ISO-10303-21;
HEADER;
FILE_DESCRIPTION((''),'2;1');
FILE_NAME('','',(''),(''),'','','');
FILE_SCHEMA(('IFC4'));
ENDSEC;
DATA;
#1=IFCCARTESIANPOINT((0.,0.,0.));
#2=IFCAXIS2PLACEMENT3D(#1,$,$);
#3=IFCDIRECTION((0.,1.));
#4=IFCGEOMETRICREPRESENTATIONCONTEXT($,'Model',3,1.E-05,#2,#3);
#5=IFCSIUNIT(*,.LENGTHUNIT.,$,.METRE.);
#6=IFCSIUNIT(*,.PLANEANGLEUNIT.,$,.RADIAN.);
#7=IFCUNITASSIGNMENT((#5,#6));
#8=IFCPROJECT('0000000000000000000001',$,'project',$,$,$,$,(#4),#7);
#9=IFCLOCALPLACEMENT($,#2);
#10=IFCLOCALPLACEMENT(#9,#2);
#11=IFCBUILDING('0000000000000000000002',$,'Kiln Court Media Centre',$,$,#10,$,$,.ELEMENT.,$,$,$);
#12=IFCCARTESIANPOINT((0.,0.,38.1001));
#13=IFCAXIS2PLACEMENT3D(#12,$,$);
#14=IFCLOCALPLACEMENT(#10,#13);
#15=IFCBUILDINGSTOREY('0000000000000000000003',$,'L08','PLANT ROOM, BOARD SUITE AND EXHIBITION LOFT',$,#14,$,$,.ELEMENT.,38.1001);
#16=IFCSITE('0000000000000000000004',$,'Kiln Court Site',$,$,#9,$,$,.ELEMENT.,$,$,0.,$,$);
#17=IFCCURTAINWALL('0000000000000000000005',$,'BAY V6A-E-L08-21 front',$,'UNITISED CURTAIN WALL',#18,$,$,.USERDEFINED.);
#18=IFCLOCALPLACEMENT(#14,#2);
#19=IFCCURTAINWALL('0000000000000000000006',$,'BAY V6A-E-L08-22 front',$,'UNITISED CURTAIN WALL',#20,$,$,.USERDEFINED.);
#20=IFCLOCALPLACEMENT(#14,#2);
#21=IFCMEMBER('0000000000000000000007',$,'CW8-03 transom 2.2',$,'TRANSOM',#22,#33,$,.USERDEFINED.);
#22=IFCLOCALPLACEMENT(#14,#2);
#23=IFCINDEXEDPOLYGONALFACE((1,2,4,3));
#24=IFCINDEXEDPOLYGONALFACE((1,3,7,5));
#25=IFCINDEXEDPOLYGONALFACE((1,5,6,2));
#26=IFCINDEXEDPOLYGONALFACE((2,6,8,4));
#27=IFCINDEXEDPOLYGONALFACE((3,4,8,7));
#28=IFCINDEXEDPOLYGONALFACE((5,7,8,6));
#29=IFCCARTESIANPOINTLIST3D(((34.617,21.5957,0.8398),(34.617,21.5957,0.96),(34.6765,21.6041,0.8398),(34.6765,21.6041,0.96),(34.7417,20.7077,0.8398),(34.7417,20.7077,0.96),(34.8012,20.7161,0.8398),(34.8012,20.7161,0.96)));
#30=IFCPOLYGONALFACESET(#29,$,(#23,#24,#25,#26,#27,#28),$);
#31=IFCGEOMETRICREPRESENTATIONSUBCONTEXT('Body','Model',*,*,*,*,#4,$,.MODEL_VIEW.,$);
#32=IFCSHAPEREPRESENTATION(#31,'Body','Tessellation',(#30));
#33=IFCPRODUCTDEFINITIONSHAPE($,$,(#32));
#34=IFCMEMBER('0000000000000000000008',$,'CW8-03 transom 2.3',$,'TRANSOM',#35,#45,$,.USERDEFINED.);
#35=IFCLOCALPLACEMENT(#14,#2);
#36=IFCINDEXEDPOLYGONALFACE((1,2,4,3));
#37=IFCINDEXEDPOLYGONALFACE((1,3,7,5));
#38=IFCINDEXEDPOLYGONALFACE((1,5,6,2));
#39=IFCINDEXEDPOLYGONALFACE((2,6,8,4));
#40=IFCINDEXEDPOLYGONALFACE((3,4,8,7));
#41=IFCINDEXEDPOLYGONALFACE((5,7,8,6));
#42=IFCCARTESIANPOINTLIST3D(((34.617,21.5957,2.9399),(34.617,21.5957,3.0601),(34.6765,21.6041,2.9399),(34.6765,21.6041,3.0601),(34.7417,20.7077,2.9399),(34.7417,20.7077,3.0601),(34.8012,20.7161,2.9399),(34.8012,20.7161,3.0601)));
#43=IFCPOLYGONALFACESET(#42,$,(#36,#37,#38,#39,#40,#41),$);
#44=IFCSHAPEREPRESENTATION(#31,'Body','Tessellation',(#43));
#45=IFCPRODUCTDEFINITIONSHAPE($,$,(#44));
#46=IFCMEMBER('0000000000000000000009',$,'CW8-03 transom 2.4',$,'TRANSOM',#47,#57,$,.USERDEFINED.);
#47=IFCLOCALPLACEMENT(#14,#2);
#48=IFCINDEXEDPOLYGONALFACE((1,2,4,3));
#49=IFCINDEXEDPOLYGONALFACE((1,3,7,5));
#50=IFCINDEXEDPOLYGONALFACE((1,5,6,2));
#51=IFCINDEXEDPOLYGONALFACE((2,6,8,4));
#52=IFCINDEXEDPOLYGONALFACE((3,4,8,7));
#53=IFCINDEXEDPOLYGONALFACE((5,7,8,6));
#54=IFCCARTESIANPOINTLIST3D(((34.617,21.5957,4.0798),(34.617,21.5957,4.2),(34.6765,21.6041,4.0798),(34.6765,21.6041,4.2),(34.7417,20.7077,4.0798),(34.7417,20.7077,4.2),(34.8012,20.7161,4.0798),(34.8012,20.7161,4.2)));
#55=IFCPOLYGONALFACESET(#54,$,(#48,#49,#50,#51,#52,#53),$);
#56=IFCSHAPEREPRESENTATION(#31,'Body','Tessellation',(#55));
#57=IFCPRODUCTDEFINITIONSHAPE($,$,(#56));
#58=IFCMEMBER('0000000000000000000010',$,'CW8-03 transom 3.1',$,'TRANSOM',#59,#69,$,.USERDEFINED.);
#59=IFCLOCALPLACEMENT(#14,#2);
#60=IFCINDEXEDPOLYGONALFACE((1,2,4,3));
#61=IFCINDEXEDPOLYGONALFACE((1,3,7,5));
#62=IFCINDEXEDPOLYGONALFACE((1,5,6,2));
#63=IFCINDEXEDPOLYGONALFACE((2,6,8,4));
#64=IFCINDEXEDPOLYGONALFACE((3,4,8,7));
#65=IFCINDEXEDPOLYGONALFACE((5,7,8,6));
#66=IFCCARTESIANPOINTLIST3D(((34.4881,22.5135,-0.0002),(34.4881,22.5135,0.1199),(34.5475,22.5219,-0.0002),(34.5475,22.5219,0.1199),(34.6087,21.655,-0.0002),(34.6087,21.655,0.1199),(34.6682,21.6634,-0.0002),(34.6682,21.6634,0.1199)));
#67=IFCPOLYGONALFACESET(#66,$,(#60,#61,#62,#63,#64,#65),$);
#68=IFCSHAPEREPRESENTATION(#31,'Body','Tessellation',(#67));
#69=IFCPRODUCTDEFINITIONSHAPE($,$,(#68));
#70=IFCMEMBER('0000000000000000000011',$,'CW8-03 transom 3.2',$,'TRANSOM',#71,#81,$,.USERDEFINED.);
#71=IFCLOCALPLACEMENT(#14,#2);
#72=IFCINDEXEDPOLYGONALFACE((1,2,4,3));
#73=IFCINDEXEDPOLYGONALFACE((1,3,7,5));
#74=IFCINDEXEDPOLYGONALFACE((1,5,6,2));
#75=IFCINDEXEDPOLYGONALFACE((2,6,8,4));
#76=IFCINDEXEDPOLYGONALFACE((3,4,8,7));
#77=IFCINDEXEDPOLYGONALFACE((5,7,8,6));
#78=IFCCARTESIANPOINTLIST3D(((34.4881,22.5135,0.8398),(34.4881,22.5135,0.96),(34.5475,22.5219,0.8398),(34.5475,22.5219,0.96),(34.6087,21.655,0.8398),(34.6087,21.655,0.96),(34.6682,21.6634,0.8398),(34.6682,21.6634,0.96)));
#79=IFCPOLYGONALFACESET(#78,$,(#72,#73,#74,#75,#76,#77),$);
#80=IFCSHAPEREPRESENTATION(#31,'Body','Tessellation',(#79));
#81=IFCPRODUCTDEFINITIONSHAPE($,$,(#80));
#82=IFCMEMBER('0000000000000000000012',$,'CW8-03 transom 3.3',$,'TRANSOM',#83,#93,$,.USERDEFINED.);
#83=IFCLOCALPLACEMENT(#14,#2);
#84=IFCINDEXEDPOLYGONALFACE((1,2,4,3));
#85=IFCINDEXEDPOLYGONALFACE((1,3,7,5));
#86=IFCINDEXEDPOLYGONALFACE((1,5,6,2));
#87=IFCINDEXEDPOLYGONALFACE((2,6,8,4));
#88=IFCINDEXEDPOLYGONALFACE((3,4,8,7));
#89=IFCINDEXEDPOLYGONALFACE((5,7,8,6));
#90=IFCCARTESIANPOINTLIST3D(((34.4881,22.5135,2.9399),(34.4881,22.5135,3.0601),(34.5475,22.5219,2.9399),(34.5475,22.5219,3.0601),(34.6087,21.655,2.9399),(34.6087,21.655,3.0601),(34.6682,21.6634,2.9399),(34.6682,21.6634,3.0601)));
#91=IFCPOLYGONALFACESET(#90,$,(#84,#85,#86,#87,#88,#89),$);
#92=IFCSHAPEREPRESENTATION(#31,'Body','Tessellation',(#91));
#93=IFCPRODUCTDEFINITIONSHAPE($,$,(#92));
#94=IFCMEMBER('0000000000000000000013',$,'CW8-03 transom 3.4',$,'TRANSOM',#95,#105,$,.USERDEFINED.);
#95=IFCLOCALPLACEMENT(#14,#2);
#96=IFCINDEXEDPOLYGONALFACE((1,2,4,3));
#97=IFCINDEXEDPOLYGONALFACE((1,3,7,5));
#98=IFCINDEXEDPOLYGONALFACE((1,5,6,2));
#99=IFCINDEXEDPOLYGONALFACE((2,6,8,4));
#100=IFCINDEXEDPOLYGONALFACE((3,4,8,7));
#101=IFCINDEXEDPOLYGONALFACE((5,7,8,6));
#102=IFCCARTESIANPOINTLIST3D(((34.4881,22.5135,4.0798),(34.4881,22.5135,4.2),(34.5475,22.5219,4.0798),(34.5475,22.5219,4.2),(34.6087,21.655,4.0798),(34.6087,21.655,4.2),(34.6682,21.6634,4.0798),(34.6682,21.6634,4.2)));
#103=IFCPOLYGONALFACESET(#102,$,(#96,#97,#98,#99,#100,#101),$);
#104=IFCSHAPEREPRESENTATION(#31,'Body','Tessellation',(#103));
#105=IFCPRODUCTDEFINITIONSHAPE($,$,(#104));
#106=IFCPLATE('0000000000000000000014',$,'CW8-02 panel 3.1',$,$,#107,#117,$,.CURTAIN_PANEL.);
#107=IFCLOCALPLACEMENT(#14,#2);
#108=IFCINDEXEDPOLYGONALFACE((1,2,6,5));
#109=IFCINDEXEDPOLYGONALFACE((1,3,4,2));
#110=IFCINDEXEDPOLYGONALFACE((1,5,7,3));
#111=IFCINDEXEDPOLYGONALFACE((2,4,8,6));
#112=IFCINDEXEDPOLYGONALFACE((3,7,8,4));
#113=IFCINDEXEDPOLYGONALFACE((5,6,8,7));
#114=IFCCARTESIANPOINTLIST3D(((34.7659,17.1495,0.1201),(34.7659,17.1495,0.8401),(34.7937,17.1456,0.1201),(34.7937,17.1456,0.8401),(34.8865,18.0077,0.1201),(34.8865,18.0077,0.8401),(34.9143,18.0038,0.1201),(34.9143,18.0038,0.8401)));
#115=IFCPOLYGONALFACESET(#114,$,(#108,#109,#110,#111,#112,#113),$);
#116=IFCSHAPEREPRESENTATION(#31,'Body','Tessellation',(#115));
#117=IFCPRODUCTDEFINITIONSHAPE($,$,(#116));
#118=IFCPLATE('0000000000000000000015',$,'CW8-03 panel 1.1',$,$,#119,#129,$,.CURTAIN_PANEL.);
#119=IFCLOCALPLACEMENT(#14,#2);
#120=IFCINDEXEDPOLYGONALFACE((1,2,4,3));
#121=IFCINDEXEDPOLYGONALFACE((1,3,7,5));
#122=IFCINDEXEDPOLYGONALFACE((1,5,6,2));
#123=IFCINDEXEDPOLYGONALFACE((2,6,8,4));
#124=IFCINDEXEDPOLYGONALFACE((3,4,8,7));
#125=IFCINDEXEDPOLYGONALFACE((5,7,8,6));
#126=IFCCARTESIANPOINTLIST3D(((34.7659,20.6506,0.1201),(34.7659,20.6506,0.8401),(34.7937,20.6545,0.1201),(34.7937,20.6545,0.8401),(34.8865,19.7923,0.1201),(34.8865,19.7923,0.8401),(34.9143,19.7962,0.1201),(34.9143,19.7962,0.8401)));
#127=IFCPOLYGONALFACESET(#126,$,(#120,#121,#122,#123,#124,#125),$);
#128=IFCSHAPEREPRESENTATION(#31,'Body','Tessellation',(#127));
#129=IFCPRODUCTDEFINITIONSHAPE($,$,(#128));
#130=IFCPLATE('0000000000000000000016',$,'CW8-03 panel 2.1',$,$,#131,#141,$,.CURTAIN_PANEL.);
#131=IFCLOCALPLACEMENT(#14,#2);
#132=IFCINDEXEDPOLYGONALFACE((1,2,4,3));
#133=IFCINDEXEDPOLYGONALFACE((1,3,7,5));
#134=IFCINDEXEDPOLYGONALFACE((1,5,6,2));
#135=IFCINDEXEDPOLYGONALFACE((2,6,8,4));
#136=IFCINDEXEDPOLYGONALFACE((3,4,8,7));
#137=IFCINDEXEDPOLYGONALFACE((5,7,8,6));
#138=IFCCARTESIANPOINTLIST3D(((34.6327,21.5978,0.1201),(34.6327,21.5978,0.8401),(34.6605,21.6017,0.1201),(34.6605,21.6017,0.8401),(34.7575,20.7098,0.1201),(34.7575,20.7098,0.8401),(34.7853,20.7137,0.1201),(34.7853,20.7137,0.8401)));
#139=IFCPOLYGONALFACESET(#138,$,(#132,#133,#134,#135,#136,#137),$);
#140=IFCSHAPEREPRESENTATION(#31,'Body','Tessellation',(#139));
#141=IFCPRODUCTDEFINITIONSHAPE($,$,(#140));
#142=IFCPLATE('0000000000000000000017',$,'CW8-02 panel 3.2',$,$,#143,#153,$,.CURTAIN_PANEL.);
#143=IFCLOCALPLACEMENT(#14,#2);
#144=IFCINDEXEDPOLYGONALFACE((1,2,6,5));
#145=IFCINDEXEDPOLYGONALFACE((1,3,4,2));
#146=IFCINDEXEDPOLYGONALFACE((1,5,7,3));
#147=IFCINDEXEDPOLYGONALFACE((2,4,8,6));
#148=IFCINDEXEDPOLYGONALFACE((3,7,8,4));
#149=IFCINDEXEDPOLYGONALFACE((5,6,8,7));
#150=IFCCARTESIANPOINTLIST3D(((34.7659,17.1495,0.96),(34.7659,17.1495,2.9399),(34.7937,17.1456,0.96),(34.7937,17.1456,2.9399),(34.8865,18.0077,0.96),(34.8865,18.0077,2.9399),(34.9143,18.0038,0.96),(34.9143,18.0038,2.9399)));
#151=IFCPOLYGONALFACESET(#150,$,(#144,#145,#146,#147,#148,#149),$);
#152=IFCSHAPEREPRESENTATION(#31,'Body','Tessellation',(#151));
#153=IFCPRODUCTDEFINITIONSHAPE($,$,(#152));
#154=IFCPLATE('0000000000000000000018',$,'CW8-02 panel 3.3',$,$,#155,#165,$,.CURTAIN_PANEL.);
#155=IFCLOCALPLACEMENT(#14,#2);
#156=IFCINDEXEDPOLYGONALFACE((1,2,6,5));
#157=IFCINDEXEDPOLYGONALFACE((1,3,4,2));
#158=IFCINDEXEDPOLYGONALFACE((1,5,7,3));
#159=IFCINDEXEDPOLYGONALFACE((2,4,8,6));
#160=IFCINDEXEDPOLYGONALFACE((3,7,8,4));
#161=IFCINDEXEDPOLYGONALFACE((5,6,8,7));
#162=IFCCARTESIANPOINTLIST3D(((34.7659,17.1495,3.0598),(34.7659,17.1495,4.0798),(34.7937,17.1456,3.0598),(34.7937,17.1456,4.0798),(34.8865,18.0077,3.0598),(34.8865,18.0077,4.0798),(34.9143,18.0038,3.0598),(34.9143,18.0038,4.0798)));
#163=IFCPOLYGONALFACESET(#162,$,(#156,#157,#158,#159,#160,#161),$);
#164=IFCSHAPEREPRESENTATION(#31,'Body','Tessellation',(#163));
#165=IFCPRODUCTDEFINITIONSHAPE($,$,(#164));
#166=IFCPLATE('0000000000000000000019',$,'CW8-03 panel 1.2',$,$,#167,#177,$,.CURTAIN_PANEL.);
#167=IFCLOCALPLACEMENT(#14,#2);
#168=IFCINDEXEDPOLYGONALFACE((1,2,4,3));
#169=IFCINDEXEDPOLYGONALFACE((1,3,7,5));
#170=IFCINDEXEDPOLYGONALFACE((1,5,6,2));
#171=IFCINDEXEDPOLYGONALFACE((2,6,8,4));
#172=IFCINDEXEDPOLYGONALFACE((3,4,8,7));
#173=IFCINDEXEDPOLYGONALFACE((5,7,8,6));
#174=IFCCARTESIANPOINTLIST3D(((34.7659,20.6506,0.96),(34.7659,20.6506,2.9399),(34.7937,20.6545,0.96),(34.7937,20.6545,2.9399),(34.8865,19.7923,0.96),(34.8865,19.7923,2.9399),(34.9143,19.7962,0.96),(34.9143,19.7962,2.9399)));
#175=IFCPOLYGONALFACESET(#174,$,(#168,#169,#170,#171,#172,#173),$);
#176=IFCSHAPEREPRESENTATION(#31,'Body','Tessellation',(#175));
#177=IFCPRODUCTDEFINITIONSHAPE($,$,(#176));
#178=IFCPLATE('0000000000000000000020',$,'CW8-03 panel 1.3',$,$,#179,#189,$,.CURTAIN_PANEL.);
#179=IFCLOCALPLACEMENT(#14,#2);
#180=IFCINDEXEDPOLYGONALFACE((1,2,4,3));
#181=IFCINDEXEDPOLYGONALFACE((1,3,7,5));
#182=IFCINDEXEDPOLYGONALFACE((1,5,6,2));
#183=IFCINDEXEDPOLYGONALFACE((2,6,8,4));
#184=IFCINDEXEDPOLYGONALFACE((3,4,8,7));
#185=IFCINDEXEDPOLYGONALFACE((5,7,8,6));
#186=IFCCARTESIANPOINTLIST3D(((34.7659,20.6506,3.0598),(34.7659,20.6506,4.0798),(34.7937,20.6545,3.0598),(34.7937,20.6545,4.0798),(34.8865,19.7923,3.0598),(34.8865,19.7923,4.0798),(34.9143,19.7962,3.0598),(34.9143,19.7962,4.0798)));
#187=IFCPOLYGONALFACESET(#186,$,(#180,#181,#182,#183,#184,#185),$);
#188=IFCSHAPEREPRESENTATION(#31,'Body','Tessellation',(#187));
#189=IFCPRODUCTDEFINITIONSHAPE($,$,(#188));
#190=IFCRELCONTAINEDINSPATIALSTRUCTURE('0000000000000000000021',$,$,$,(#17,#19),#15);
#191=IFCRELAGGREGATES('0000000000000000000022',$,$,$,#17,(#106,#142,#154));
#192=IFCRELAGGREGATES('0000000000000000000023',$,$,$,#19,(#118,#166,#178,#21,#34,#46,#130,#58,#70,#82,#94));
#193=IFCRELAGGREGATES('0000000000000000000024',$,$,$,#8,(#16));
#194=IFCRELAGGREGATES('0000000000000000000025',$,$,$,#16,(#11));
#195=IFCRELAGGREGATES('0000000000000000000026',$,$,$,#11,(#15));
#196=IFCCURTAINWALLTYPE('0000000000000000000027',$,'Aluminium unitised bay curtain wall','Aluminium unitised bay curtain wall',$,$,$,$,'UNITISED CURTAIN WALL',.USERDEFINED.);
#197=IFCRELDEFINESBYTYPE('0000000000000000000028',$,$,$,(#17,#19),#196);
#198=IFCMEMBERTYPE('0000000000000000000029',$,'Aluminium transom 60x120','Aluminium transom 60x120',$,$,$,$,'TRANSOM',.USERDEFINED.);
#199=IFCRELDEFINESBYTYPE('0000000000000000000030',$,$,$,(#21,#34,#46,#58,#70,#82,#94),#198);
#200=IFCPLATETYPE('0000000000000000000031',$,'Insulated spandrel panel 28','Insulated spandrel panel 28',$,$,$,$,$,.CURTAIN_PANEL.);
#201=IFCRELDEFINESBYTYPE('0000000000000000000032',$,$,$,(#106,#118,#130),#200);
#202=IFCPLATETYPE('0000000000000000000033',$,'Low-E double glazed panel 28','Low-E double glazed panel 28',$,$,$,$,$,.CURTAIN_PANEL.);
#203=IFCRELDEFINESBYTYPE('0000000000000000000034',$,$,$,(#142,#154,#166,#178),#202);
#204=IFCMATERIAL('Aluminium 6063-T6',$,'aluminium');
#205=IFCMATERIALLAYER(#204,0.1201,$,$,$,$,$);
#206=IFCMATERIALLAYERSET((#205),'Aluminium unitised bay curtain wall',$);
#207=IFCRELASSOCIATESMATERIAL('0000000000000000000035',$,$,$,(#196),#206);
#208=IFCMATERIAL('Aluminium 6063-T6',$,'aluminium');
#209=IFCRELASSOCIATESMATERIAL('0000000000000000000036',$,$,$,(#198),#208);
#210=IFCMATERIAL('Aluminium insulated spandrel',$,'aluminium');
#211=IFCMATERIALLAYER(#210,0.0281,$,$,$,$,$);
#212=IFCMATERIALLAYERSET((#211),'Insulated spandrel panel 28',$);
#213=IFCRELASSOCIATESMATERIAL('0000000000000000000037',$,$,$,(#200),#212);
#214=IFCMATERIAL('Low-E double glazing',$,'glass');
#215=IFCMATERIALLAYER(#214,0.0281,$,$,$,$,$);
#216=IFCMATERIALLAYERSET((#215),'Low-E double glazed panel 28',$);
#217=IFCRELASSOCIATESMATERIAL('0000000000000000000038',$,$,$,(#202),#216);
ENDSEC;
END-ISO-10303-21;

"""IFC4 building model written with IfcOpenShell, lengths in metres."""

from ifc_helpers import new_model, si_unit, direction, frame, origin, origin_2d, place, context, subcontext, project, spatial, rectangle, extrude, material, layer, layer_set, material_profile, profile_set, type_object, element, aggregate, save


model = new_model("IFC4")

# Units and contexts
model_context = context("Model", 3, precision=1e-05, world=origin(), true_north=direction((0.0, 1.0)))
body_context = subcontext(model_context, "Body", "Model", "MODEL_VIEW")
ifc_project = project(units=[si_unit("LENGTHUNIT", "METRE"), si_unit("PLANEANGLEUNIT", "RADIAN")], contexts=[model_context])

# Site, building, storey
site_placement = place(None, origin())
site = spatial("IfcSite", under=ifc_project, at=site_placement, Name="Kiln Court Site", CompositionType="ELEMENT", RefElevation=0.0)
building_placement = place(site_placement, origin())
building = spatial("IfcBuilding", under=site, at=building_placement, Name="Kiln Court Media Centre", CompositionType="ELEMENT")
storey_placement = place(building_placement, frame((0.0, 0.0, 38.1001)))
storey = spatial("IfcBuildingStorey", under=building, at=storey_placement, Name="L08", Description="PLANT ROOM, BOARD SUITE AND EXHIBITION LOFT", CompositionType="ELEMENT", Elevation=38.1001)

# Curtain walls
ifc_material_1 = material(Name="Aluminium 6063-T6", Category="aluminium")
ifc_layer_1 = layer(ifc_material_1, 0.1201)
ifc_layer_set_1 = layer_set([ifc_layer_1], Name="Aluminium unitised bay curtain wall")
curtain_wall_type = type_object("IfcCurtainWallType", Name="Aluminium unitised bay curtain wall", Description="Aluminium unitised bay curtain wall", ElementType="UNITISED CURTAIN WALL", PredefinedType="USERDEFINED", material=ifc_layer_set_1)
curtain_wall_1_placement = place(storey_placement, origin())
curtain_wall_1 = element("IfcCurtainWall", 1, at=curtain_wall_1_placement, inside=storey, type_object=curtain_wall_type, Name="BAY V6A-E-L08-21 front", ObjectType="UNITISED CURTAIN WALL", PredefinedType="USERDEFINED")
curtain_wall_2_placement = place(storey_placement, origin())
curtain_wall_2 = element("IfcCurtainWall", 2, at=curtain_wall_2_placement, inside=storey, type_object=curtain_wall_type, Name="BAY V6A-E-L08-22 front", ObjectType="UNITISED CURTAIN WALL", PredefinedType="USERDEFINED")

# Members
ifc_material_2 = material(Name="Aluminium 6063-T6", Category="aluminium")
ifc_material_profile_1 = material_profile(ifc_material_2, rectangle(XDim=0.0601, YDim=0.1201, at=origin_2d()), Name="Aluminium transom 60x120")
ifc_profile_set_1 = profile_set([ifc_material_profile_1], Name="Aluminium 6063-T6")
member_type_1 = type_object("IfcMemberType", Name="Aluminium transom 60x120", Description="Aluminium transom 60x120", ElementType="TRANSOM", PredefinedType="USERDEFINED", material=ifc_profile_set_1)
member_1_placement = place(storey_placement, frame((34.7715, 20.7119, 0.8999), z_axis=(-0.139134, 0.990274, 0.0), x_axis=(-0.990274, -0.139134, 0.0)))
member_1 = element("IfcMember", 3, at=member_1_placement, type_object=member_type_1, Name="CW8-03 transom 2.2", ObjectType="TRANSOM", PredefinedType="USERDEFINED", context=body_context, shape_type="SweptSolid", body=[
    extrude(rectangle(XDim=0.0601, YDim=0.1201, at=origin_2d()), origin(), (0.0, 0.0, 1.0), 0.8967),
])
member_2_placement = place(storey_placement, frame((34.7715, 20.7119, 3.0), z_axis=(-0.139134, 0.990274, 0.0), x_axis=(-0.990274, -0.139134, 0.0)))
member_2 = element("IfcMember", 4, at=member_2_placement, type_object=member_type_1, Name="CW8-03 transom 2.3", ObjectType="TRANSOM", PredefinedType="USERDEFINED", context=body_context, shape_type="SweptSolid", body=[
    extrude(rectangle(XDim=0.0601, YDim=0.1201, at=origin_2d()), origin(), (0.0, 0.0, 1.0), 0.8967),
])
member_3_placement = place(storey_placement, frame((34.7715, 20.7119, 4.1399), z_axis=(-0.139134, 0.990274, 0.0), x_axis=(-0.990274, -0.139134, 0.0)))
member_3 = element("IfcMember", 5, at=member_3_placement, type_object=member_type_1, Name="CW8-03 transom 2.4", ObjectType="TRANSOM", PredefinedType="USERDEFINED", context=body_context, shape_type="SweptSolid", body=[
    extrude(rectangle(XDim=0.0601, YDim=0.1201, at=origin_2d()), origin(), (0.0, 0.0, 1.0), 0.8967),
])
member_4_placement = place(storey_placement, frame((34.6384, 21.6592, 0.0598), z_axis=(-0.139134, 0.990274, 0.0), x_axis=(-0.990274, -0.139134, 0.0)))
member_4 = element("IfcMember", 6, at=member_4_placement, type_object=member_type_1, Name="CW8-03 transom 3.1", ObjectType="TRANSOM", PredefinedType="USERDEFINED", context=body_context, shape_type="SweptSolid", body=[
    extrude(rectangle(XDim=0.0601, YDim=0.1201, at=origin_2d()), origin(), (0.0, 0.0, 1.0), 0.8669),
])
member_5_placement = place(storey_placement, frame((34.6384, 21.6592, 0.8999), z_axis=(-0.139134, 0.990274, 0.0), x_axis=(-0.990274, -0.139134, 0.0)))
member_5 = element("IfcMember", 7, at=member_5_placement, type_object=member_type_1, Name="CW8-03 transom 3.2", ObjectType="TRANSOM", PredefinedType="USERDEFINED", context=body_context, shape_type="SweptSolid", body=[
    extrude(rectangle(XDim=0.0601, YDim=0.1201, at=origin_2d()), origin(), (0.0, 0.0, 1.0), 0.8669),
])
member_6_placement = place(storey_placement, frame((34.6384, 21.6592, 3.0), z_axis=(-0.139134, 0.990274, 0.0), x_axis=(-0.990274, -0.139134, 0.0)))
member_6 = element("IfcMember", 8, at=member_6_placement, type_object=member_type_1, Name="CW8-03 transom 3.3", ObjectType="TRANSOM", PredefinedType="USERDEFINED", context=body_context, shape_type="SweptSolid", body=[
    extrude(rectangle(XDim=0.0601, YDim=0.1201, at=origin_2d()), origin(), (0.0, 0.0, 1.0), 0.8669),
])
member_7_placement = place(storey_placement, frame((34.6384, 21.6592, 4.1399), z_axis=(-0.139134, 0.990274, 0.0), x_axis=(-0.990274, -0.139134, 0.0)))
member_7 = element("IfcMember", 9, at=member_7_placement, type_object=member_type_1, Name="CW8-03 transom 3.4", ObjectType="TRANSOM", PredefinedType="USERDEFINED", context=body_context, shape_type="SweptSolid", body=[
    extrude(rectangle(XDim=0.0601, YDim=0.1201, at=origin_2d()), origin(), (0.0, 0.0, 1.0), 0.8669),
])

# Plates
ifc_material_3 = material(Name="Aluminium insulated spandrel", Category="aluminium")
ifc_layer_2 = layer(ifc_material_3, 0.0281)
ifc_layer_set_2 = layer_set([ifc_layer_2], Name="Insulated spandrel panel 28")
plate_type_1 = type_object("IfcPlateType", Name="Insulated spandrel panel 28", Description="Insulated spandrel panel 28", PredefinedType="CURTAIN_PANEL", material=ifc_layer_set_2)
plate_1_placement = place(storey_placement, frame((34.8401, 17.5767, 0.1201), z_axis=(0.0, 0.0, 1.0), x_axis=(0.139162, 0.99027, 0.0)))
plate_1 = element("IfcPlate", 10, at=plate_1_placement, type_object=plate_type_1, Name="CW8-02 panel 3.1", PredefinedType="CURTAIN_PANEL", context=body_context, shape_type="SweptSolid", body=[
    extrude(rectangle(XDim=0.8667, YDim=0.0281, at=origin_2d()), origin(), (0.0, 0.0, 1.0), 0.72),
])
plate_2_placement = place(storey_placement, frame((34.8401, 20.2234, 0.1201), z_axis=(0.0, 0.0, 1.0), x_axis=(-0.139162, 0.99027, 0.0)))
plate_2 = element("IfcPlate", 11, at=plate_2_placement, type_object=plate_type_1, Name="CW8-03 panel 1.1", PredefinedType="CURTAIN_PANEL", context=body_context, shape_type="SweptSolid", body=[
    extrude(rectangle(XDim=0.8667, YDim=0.0281, at=origin_2d()), origin(), (0.0, 0.0, 1.0), 0.72),
])
plate_3_placement = place(storey_placement, frame((34.709, 21.1558, 0.1201), z_axis=(0.0, 0.0, 1.0), x_axis=(-0.139162, 0.99027, 0.0)))
plate_3 = element("IfcPlate", 12, at=plate_3_placement, type_object=plate_type_1, Name="CW8-03 panel 2.1", PredefinedType="CURTAIN_PANEL", context=body_context, shape_type="SweptSolid", body=[
    extrude(rectangle(XDim=0.8967, YDim=0.0281, at=origin_2d()), origin(), (0.0, 0.0, 1.0), 0.72),
])
ifc_material_4 = material(Name="Low-E double glazing", Category="glass")
ifc_layer_3 = layer(ifc_material_4, 0.0281)
ifc_layer_set_3 = layer_set([ifc_layer_3], Name="Low-E double glazed panel 28")
plate_type_2 = type_object("IfcPlateType", Name="Low-E double glazed panel 28", Description="Low-E double glazed panel 28", PredefinedType="CURTAIN_PANEL", material=ifc_layer_set_3)
plate_4_placement = place(storey_placement, frame((34.8401, 17.5767, 0.96), z_axis=(0.0, 0.0, 1.0), x_axis=(0.139162, 0.99027, 0.0)))
plate_4 = element("IfcPlate", 13, at=plate_4_placement, type_object=plate_type_2, Name="CW8-02 panel 3.2", PredefinedType="CURTAIN_PANEL", context=body_context, shape_type="SweptSolid", body=[
    extrude(rectangle(XDim=0.8667, YDim=0.0281, at=origin_2d()), origin(), (0.0, 0.0, 1.0), 1.98),
])
plate_5_placement = place(storey_placement, frame((34.8401, 17.5767, 3.0598), z_axis=(0.0, 0.0, 1.0), x_axis=(0.139162, 0.99027, 0.0)))
plate_5 = element("IfcPlate", 14, at=plate_5_placement, type_object=plate_type_2, Name="CW8-02 panel 3.3", PredefinedType="CURTAIN_PANEL", context=body_context, shape_type="SweptSolid", body=[
    extrude(rectangle(XDim=0.8667, YDim=0.0281, at=origin_2d()), origin(), (0.0, 0.0, 1.0), 1.02),
])
aggregate(curtain_wall_1, [plate_1, plate_4, plate_5])
plate_6_placement = place(storey_placement, frame((34.8401, 20.2234, 0.96), z_axis=(0.0, 0.0, 1.0), x_axis=(-0.139162, 0.99027, 0.0)))
plate_6 = element("IfcPlate", 15, at=plate_6_placement, type_object=plate_type_2, Name="CW8-03 panel 1.2", PredefinedType="CURTAIN_PANEL", context=body_context, shape_type="SweptSolid", body=[
    extrude(rectangle(XDim=0.8667, YDim=0.0281, at=origin_2d()), origin(), (0.0, 0.0, 1.0), 1.98),
])
plate_7_placement = place(storey_placement, frame((34.8401, 20.2234, 3.0598), z_axis=(0.0, 0.0, 1.0), x_axis=(-0.139162, 0.99027, 0.0)))
plate_7 = element("IfcPlate", 16, at=plate_7_placement, type_object=plate_type_2, Name="CW8-03 panel 1.3", PredefinedType="CURTAIN_PANEL", context=body_context, shape_type="SweptSolid", body=[
    extrude(rectangle(XDim=0.8667, YDim=0.0281, at=origin_2d()), origin(), (0.0, 0.0, 1.0), 1.02),
])
aggregate(curtain_wall_2, [plate_2, plate_6, plate_7, member_1, member_2, member_3, plate_3, member_4, member_5, member_6, member_7])

save(model, "model.ifc")
